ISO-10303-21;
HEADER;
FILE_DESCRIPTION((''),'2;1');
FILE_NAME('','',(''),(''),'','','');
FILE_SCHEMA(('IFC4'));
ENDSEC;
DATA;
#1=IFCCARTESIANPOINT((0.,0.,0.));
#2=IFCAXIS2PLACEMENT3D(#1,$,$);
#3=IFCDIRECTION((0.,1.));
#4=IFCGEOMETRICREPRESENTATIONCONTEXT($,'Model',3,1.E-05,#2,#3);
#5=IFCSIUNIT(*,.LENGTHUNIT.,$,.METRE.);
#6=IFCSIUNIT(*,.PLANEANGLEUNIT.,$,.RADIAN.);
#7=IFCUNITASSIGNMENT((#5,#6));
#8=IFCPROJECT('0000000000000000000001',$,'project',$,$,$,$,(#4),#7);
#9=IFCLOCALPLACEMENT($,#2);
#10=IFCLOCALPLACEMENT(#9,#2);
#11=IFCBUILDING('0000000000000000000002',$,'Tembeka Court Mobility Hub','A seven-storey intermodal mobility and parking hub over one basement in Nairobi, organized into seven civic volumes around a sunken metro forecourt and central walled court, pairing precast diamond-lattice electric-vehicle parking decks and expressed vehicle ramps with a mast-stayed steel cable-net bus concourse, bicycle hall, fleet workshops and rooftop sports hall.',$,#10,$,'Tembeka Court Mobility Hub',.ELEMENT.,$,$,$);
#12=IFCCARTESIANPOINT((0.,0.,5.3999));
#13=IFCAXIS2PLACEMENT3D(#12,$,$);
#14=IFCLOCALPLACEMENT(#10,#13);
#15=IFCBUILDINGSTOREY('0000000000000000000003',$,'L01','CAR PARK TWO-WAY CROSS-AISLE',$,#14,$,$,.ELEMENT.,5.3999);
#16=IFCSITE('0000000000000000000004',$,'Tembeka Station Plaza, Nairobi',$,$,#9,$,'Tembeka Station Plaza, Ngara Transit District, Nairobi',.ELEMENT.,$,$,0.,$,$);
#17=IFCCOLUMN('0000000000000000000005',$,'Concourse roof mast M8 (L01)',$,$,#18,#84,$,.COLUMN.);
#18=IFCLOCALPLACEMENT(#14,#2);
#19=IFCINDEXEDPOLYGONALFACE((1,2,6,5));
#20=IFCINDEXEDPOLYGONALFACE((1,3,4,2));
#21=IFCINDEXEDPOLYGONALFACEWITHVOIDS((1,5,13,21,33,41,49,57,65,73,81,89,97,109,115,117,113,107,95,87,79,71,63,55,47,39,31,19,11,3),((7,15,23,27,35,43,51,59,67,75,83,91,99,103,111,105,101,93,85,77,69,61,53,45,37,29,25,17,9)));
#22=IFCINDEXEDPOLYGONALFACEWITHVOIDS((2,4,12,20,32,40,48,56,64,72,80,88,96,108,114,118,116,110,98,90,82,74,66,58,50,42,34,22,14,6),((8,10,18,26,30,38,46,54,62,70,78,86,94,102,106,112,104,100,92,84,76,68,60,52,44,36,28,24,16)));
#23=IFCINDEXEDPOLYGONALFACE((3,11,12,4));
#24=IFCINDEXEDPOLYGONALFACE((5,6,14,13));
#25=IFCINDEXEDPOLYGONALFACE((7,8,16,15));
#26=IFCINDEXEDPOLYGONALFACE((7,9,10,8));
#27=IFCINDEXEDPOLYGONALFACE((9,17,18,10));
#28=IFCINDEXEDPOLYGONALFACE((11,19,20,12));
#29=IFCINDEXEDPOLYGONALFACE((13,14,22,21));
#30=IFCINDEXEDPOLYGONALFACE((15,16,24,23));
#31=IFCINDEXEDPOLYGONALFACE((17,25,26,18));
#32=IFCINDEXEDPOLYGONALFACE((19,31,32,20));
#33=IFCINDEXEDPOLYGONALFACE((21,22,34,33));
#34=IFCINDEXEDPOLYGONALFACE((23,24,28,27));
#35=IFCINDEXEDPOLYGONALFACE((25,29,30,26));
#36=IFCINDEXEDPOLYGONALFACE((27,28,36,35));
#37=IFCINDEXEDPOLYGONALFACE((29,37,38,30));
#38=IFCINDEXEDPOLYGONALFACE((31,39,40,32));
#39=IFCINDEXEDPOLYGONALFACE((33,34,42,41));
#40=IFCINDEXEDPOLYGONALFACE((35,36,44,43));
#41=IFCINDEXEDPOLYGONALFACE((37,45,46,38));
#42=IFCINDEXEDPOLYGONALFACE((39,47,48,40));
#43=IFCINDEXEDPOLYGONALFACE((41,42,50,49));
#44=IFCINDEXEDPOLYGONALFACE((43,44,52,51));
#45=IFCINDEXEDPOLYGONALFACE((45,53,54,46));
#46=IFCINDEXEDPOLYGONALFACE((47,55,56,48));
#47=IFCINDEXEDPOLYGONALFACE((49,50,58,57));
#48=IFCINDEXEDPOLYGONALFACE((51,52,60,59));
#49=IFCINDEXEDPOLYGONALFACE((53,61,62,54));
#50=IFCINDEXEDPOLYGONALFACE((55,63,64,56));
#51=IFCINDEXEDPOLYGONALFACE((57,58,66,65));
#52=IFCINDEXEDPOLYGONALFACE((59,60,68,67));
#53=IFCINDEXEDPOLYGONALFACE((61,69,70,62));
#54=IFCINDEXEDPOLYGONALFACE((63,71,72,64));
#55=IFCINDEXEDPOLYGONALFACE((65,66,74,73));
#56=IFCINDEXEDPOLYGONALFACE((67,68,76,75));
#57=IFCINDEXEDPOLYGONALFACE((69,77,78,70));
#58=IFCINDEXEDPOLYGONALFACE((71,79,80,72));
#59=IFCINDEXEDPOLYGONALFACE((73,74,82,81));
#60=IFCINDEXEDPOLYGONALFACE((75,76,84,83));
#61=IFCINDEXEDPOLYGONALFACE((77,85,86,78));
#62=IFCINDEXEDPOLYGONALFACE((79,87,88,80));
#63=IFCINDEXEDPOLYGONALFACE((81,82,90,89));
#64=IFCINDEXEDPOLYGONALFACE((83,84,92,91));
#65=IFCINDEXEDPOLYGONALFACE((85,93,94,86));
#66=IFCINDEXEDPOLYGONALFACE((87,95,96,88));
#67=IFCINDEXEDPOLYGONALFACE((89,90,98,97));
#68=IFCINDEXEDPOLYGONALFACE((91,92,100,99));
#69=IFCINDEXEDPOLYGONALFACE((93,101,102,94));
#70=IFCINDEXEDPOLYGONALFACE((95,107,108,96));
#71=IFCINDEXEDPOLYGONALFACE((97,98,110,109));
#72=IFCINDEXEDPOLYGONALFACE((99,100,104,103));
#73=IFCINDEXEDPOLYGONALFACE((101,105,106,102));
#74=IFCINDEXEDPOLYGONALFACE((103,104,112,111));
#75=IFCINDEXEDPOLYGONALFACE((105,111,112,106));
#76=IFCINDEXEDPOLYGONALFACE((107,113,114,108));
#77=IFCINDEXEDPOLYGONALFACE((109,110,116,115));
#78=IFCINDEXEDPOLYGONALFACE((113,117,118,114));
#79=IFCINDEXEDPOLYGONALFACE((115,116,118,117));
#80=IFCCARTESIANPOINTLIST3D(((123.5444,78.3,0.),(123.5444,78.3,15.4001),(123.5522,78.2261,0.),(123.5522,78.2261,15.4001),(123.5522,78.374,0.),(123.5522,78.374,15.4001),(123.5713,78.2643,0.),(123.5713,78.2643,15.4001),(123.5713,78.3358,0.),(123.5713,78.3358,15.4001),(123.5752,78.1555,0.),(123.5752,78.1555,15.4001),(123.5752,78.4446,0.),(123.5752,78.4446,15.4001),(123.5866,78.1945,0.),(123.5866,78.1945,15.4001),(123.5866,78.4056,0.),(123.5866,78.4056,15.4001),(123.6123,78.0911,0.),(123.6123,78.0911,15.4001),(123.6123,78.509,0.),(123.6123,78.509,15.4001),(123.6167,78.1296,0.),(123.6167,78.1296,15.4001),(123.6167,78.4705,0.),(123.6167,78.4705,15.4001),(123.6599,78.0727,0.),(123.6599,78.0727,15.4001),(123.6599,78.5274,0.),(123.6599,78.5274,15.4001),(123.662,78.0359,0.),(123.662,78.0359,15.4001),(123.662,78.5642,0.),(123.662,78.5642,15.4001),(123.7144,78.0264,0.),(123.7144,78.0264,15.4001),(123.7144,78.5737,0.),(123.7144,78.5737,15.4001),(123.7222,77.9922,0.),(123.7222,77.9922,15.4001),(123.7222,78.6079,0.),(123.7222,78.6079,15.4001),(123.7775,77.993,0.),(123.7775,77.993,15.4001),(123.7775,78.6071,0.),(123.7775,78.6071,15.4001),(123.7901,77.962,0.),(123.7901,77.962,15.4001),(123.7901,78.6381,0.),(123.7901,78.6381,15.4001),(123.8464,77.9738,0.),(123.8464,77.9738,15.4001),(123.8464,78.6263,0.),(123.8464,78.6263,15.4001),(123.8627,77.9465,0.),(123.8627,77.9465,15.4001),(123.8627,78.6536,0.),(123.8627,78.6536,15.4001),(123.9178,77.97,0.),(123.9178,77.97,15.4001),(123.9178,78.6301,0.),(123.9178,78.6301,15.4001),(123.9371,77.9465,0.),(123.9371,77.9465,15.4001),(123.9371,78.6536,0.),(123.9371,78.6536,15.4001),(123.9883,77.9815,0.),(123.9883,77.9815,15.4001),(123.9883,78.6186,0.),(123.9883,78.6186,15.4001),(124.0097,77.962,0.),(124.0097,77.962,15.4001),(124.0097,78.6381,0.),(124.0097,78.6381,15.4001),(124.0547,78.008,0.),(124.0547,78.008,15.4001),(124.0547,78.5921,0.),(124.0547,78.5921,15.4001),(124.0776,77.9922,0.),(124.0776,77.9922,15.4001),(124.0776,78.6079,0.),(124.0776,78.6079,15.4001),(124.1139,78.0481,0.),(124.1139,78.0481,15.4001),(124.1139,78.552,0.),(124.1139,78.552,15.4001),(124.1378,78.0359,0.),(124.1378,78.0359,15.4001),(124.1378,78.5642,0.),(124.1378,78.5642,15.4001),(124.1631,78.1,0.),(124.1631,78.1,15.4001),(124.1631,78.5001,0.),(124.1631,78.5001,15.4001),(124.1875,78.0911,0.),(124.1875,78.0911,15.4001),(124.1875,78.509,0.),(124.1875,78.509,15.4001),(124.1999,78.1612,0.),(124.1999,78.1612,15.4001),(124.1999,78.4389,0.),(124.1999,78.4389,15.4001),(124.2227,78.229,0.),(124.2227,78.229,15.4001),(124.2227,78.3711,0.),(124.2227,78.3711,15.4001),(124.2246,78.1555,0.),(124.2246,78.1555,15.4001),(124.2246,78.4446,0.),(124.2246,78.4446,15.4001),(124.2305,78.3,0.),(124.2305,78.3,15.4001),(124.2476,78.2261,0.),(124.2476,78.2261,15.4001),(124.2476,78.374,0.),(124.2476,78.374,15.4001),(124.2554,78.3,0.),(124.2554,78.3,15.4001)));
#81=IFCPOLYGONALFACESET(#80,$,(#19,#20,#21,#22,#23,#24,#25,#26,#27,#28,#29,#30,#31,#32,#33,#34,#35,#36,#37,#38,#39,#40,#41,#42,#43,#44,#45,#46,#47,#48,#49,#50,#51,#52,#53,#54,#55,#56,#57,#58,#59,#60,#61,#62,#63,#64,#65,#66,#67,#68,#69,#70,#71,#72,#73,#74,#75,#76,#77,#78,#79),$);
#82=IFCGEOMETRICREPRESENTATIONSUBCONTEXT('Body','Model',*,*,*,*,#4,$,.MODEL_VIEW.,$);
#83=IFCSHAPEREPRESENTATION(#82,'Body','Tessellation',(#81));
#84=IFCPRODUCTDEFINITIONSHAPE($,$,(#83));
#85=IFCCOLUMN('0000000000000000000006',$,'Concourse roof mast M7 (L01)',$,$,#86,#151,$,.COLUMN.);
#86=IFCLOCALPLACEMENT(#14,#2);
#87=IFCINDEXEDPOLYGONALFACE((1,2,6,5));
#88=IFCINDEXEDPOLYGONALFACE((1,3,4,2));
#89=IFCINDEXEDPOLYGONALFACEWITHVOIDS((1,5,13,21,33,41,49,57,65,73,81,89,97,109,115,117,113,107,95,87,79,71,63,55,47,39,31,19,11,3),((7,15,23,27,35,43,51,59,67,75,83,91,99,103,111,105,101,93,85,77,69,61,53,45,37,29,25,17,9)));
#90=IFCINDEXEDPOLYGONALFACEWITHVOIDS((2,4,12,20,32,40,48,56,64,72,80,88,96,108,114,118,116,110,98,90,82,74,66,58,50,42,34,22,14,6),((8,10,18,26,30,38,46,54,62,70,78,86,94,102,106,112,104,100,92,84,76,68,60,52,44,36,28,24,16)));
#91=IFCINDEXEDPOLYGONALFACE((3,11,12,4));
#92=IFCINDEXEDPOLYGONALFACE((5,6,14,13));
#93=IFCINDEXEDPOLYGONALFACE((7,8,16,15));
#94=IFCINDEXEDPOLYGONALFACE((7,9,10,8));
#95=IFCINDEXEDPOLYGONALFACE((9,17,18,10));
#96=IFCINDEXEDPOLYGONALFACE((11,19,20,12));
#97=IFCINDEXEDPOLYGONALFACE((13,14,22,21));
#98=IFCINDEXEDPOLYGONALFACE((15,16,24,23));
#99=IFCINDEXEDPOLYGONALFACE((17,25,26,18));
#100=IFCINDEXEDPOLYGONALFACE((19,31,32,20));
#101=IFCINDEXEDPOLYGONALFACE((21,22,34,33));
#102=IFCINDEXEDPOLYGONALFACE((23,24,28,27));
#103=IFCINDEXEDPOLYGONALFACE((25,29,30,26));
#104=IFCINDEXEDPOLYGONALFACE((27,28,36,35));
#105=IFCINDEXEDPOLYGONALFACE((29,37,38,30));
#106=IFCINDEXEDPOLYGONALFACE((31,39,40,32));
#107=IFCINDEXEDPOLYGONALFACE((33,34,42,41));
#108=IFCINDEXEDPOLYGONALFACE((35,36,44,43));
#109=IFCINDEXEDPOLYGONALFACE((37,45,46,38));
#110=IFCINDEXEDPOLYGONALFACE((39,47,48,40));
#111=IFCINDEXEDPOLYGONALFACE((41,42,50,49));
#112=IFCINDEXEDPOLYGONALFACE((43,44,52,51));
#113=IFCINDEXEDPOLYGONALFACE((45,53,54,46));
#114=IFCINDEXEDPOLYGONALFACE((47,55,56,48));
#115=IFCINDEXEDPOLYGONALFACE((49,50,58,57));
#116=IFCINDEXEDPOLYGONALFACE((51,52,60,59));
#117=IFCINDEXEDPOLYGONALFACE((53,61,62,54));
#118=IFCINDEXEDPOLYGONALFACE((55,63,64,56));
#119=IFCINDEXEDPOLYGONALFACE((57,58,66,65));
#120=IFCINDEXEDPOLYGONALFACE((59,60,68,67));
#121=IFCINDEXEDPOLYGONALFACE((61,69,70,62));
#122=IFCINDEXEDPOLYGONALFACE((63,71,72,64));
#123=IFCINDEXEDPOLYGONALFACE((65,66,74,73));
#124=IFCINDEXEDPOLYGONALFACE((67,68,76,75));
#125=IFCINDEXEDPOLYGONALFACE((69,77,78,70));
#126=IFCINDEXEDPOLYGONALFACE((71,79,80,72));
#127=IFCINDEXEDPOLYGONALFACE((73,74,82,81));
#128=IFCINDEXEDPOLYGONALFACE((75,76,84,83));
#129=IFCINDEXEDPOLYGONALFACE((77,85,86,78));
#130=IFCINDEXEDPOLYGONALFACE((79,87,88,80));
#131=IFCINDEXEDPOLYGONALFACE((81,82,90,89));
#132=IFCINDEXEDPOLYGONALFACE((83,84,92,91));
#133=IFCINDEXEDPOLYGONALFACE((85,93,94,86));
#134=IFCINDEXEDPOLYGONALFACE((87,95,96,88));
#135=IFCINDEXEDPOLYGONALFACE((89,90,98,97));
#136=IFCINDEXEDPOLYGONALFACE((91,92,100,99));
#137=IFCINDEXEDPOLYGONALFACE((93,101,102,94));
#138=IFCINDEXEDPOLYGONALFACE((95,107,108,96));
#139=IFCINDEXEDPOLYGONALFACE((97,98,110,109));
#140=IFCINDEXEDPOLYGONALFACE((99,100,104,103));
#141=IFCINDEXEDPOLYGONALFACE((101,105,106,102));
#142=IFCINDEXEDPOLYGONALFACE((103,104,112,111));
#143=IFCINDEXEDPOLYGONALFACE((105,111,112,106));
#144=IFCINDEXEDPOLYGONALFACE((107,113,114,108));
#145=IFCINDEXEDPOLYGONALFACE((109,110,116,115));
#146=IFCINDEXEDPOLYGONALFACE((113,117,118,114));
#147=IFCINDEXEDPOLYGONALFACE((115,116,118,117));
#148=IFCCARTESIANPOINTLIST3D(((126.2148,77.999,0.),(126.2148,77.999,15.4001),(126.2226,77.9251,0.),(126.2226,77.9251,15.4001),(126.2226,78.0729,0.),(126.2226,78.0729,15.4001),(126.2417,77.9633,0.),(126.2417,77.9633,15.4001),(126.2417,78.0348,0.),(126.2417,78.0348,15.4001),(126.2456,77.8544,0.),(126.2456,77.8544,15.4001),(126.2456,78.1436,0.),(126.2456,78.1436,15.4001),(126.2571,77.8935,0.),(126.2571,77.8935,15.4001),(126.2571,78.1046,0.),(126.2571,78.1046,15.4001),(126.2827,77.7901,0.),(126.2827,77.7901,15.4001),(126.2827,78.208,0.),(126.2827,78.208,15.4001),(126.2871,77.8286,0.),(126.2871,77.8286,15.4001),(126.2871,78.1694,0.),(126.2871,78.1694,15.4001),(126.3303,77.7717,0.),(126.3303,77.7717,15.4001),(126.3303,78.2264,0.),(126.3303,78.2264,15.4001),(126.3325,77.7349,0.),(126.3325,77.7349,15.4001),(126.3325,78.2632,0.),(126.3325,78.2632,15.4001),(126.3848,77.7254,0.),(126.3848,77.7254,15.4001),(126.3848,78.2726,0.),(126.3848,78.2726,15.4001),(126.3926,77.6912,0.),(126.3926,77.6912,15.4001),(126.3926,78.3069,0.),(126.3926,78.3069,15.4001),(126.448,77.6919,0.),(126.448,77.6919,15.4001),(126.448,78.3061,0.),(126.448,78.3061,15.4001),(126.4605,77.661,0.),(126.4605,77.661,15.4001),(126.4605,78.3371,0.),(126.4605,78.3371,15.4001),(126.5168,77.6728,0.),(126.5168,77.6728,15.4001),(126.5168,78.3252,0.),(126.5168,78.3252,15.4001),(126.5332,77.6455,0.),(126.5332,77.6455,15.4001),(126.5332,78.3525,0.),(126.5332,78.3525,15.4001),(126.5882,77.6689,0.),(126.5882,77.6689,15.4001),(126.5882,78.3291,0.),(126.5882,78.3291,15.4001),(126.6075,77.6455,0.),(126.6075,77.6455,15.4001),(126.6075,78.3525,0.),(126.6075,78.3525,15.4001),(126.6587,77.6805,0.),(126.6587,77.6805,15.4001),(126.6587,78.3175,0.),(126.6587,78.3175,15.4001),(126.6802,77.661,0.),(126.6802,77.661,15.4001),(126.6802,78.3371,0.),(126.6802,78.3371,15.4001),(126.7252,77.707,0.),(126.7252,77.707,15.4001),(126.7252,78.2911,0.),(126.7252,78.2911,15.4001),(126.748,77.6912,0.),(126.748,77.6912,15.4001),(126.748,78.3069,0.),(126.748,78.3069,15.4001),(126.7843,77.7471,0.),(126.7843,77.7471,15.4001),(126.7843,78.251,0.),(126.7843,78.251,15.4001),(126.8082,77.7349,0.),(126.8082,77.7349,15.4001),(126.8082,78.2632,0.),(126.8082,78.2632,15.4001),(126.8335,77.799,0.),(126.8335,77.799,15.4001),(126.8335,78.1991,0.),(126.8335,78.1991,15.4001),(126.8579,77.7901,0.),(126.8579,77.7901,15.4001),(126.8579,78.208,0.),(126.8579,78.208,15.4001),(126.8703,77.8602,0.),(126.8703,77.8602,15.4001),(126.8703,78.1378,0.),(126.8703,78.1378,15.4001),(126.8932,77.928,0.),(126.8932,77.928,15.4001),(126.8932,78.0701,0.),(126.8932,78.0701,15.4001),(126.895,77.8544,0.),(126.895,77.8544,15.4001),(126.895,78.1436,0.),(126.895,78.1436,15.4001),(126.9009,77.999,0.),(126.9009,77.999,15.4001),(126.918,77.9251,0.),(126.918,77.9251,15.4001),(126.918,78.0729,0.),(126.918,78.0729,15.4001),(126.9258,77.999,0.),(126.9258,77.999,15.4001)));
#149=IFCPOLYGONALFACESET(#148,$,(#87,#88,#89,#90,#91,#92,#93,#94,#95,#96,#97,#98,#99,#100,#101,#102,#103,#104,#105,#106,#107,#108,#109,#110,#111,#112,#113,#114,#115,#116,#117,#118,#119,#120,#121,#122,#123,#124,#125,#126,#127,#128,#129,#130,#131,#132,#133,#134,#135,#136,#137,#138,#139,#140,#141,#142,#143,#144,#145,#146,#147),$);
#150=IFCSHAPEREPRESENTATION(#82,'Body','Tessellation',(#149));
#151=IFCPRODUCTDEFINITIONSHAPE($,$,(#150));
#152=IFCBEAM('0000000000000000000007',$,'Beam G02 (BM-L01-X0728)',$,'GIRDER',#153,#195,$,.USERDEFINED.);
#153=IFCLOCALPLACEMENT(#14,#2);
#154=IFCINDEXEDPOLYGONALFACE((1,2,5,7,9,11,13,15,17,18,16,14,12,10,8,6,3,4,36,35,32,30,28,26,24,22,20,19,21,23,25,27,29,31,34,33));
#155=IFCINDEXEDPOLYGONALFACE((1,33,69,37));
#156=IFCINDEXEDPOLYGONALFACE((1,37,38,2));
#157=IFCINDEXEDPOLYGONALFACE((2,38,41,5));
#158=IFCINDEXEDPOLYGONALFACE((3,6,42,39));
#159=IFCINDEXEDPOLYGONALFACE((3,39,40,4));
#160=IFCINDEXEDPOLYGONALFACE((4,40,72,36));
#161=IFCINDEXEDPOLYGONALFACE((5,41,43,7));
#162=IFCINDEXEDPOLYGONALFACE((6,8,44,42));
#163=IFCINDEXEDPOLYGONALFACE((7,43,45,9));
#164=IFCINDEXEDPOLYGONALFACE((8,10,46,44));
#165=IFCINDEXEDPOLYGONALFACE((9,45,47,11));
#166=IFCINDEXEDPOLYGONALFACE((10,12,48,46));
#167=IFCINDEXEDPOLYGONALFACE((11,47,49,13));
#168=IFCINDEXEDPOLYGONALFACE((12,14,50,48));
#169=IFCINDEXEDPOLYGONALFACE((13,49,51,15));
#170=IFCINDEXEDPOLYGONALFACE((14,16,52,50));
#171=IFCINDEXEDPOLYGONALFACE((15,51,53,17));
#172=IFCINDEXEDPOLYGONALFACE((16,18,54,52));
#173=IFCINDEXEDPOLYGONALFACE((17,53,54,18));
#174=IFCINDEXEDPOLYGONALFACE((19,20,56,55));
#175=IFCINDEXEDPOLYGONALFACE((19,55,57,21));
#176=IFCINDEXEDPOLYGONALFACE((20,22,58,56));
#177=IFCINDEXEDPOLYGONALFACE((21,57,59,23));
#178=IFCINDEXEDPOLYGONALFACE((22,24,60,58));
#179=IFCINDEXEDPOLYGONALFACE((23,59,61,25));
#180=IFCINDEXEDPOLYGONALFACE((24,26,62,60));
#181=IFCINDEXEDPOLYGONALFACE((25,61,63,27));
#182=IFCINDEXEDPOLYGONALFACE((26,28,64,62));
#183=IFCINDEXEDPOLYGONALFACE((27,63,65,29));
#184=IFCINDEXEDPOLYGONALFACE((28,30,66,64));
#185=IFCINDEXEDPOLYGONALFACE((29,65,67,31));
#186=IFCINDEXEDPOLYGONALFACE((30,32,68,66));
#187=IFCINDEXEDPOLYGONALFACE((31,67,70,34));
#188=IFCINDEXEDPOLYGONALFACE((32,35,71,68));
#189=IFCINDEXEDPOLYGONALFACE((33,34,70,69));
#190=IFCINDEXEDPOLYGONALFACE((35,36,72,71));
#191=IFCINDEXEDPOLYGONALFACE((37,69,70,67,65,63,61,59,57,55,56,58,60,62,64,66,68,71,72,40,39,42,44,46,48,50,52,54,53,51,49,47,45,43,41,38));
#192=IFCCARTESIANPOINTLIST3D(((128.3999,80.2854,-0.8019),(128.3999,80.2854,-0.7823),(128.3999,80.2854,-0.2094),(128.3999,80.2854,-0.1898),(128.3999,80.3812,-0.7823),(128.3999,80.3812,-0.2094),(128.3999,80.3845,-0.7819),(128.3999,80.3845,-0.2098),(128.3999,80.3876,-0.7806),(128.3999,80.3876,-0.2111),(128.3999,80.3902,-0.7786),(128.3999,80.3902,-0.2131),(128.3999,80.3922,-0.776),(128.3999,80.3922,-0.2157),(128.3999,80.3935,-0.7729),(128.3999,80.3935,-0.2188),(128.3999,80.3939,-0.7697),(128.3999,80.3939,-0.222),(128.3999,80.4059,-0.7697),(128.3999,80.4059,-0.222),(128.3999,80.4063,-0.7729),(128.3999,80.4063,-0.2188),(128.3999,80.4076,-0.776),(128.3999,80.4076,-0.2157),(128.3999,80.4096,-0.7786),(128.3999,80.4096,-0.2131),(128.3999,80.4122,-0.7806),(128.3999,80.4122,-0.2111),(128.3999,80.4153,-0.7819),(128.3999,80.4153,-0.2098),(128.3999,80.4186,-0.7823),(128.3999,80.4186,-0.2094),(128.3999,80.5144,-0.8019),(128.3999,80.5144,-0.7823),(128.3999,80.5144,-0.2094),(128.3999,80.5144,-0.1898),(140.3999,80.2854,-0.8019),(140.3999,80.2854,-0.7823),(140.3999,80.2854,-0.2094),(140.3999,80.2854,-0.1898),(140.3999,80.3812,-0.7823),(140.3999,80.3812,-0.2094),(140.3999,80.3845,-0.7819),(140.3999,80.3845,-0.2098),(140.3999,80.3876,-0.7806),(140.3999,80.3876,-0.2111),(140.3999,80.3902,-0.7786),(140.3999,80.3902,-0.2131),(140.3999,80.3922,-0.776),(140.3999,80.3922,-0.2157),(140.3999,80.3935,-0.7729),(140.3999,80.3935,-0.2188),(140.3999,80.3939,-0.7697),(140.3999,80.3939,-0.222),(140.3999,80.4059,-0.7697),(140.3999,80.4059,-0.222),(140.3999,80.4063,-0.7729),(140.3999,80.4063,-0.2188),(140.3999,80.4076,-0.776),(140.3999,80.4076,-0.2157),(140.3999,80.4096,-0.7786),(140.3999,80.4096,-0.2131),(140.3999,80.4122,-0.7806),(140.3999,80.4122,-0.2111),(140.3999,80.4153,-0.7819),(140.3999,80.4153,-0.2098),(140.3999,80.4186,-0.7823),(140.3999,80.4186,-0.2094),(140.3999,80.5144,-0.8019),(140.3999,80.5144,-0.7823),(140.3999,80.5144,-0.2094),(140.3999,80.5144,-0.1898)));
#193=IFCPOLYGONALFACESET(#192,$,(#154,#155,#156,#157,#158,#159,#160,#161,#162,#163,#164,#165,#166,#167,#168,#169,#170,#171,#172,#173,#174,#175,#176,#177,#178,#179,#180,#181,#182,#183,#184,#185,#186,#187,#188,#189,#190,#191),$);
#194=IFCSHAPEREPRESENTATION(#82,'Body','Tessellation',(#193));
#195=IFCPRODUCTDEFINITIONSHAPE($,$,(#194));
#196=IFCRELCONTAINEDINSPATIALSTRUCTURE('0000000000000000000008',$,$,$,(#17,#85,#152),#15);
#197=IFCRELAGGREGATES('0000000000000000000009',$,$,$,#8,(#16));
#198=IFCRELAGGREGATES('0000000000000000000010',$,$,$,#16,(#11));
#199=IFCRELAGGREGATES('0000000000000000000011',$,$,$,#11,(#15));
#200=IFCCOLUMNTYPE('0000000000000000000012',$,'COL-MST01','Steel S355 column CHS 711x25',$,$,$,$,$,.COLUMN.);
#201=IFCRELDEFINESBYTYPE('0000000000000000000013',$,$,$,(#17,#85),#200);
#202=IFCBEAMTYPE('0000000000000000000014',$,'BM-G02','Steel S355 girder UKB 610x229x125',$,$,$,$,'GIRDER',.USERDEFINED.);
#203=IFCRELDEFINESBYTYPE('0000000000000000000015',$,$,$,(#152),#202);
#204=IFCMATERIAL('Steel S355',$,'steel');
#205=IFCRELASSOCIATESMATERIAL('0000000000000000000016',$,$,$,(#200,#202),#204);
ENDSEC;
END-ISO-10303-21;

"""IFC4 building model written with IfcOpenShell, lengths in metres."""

from ifc_helpers import new_model, si_unit, direction, frame, origin, origin_2d, place, context, subcontext, project, spatial, hollow_circle, i_section, extrude, material, material_profile, profile_set, type_object, element, save


model = new_model("IFC4")

# Units and contexts
model_context = context("Model", 3, precision=1e-05, world=origin(), true_north=direction((0.0, 1.0)))
body_context = subcontext(model_context, "Body", "Model", "MODEL_VIEW")
ifc_project = project(units=[si_unit("LENGTHUNIT", "METRE"), si_unit("PLANEANGLEUNIT", "RADIAN")], contexts=[model_context])

# Site, building, storey
site_placement = place(None, origin())
site = spatial("IfcSite", under=ifc_project, at=site_placement, Name="Tembeka Station Plaza, Nairobi", LongName="Tembeka Station Plaza, Ngara Transit District, Nairobi", CompositionType="ELEMENT", RefElevation=0.0)
building_placement = place(site_placement, origin())
building = spatial("IfcBuilding", under=site, at=building_placement, Name="Tembeka Court Mobility Hub", Description="A seven-storey intermodal mobility and parking hub over one basement in Nairobi, organized into seven civic volumes around a sunken metro forecourt and central walled court, pairing precast diamond-lattice electric-vehicle parking decks and expressed vehicle ramps with a mast-stayed steel cable-net bus concourse, bicycle hall, fleet workshops and rooftop sports hall.", LongName="Tembeka Court Mobility Hub", CompositionType="ELEMENT")
storey_placement = place(building_placement, frame((0.0, 0.0, 5.3999)))
storey = spatial("IfcBuildingStorey", under=building, at=storey_placement, Name="L01", Description="CAR PARK TWO-WAY CROSS-AISLE", CompositionType="ELEMENT", Elevation=5.3999)

# Columns
ifc_material_1 = material(Name="Steel S355", Category="steel")
ifc_material_profile_1 = material_profile(ifc_material_1, hollow_circle(Radius=0.3555, WallThickness=0.0249, at=origin_2d()), Name="CHS 711x25")
ifc_profile_set_1 = profile_set([ifc_material_profile_1], Name="Steel S355")
column_type = type_object("IfcColumnType", Name="COL-MST01", Description="Steel S355 column CHS 711x25", PredefinedType="COLUMN", material=ifc_profile_set_1)
for number, where, z_axis, x_axis, name in (
    (1, (123.8999, 78.3, 0.0), (0.0, 0.0, 1.0), (1.0, 0.0, 0.0), "Concourse roof mast M8 (L01)"),
    (2, (126.5703, 77.999, 0.0), (0.0, 0.0, 1.0), (1.0, 0.0, 0.0), "Concourse roof mast M7 (L01)"),
):
    element("IfcColumn", number, at=place(storey_placement, frame(where, z_axis=z_axis, x_axis=x_axis)), inside=storey, type_object=column_type, Name=name, PredefinedType="COLUMN", context=body_context, shape_type="SweptSolid", body=[
        extrude(hollow_circle(Radius=0.3555, WallThickness=0.0249, at=origin_2d()), origin(), (0.0, 0.0, 1.0), 15.4001),
    ])

# Beam
ifc_material_profile_2 = material_profile(ifc_material_1, i_section(OverallWidth=0.229, OverallDepth=0.6121, WebThickness=0.012, FlangeThickness=0.0195, FilletRadius=0.0127, at=origin_2d()), Name="UKB 610x229x125")
ifc_profile_set_2 = profile_set([ifc_material_profile_2], Name="Steel S355")
beam_type_1 = type_object("IfcBeamType", Name="BM-G02", Description="Steel S355 girder UKB 610x229x125", ElementType="GIRDER", PredefinedType="USERDEFINED", material=ifc_profile_set_2)
beam_1_placement = place(storey_placement, frame((128.3999, 80.3999, -0.4958), z_axis=(1.0, 0.0, 0.0), x_axis=(0.0, 1.0, 0.0)))
element("IfcBeam", 3, at=beam_1_placement, inside=storey, type_object=beam_type_1, Name="Beam G02 (BM-L01-X0728)", ObjectType="GIRDER", PredefinedType="USERDEFINED", context=body_context, shape_type="SweptSolid", body=[
    extrude(i_section(OverallWidth=0.229, OverallDepth=0.6121, WebThickness=0.012, FlangeThickness=0.0195, FilletRadius=0.0127, at=origin_2d()), origin(), (0.0, 0.0, 1.0), 12.0),
])

save(model, "model.ifc")
